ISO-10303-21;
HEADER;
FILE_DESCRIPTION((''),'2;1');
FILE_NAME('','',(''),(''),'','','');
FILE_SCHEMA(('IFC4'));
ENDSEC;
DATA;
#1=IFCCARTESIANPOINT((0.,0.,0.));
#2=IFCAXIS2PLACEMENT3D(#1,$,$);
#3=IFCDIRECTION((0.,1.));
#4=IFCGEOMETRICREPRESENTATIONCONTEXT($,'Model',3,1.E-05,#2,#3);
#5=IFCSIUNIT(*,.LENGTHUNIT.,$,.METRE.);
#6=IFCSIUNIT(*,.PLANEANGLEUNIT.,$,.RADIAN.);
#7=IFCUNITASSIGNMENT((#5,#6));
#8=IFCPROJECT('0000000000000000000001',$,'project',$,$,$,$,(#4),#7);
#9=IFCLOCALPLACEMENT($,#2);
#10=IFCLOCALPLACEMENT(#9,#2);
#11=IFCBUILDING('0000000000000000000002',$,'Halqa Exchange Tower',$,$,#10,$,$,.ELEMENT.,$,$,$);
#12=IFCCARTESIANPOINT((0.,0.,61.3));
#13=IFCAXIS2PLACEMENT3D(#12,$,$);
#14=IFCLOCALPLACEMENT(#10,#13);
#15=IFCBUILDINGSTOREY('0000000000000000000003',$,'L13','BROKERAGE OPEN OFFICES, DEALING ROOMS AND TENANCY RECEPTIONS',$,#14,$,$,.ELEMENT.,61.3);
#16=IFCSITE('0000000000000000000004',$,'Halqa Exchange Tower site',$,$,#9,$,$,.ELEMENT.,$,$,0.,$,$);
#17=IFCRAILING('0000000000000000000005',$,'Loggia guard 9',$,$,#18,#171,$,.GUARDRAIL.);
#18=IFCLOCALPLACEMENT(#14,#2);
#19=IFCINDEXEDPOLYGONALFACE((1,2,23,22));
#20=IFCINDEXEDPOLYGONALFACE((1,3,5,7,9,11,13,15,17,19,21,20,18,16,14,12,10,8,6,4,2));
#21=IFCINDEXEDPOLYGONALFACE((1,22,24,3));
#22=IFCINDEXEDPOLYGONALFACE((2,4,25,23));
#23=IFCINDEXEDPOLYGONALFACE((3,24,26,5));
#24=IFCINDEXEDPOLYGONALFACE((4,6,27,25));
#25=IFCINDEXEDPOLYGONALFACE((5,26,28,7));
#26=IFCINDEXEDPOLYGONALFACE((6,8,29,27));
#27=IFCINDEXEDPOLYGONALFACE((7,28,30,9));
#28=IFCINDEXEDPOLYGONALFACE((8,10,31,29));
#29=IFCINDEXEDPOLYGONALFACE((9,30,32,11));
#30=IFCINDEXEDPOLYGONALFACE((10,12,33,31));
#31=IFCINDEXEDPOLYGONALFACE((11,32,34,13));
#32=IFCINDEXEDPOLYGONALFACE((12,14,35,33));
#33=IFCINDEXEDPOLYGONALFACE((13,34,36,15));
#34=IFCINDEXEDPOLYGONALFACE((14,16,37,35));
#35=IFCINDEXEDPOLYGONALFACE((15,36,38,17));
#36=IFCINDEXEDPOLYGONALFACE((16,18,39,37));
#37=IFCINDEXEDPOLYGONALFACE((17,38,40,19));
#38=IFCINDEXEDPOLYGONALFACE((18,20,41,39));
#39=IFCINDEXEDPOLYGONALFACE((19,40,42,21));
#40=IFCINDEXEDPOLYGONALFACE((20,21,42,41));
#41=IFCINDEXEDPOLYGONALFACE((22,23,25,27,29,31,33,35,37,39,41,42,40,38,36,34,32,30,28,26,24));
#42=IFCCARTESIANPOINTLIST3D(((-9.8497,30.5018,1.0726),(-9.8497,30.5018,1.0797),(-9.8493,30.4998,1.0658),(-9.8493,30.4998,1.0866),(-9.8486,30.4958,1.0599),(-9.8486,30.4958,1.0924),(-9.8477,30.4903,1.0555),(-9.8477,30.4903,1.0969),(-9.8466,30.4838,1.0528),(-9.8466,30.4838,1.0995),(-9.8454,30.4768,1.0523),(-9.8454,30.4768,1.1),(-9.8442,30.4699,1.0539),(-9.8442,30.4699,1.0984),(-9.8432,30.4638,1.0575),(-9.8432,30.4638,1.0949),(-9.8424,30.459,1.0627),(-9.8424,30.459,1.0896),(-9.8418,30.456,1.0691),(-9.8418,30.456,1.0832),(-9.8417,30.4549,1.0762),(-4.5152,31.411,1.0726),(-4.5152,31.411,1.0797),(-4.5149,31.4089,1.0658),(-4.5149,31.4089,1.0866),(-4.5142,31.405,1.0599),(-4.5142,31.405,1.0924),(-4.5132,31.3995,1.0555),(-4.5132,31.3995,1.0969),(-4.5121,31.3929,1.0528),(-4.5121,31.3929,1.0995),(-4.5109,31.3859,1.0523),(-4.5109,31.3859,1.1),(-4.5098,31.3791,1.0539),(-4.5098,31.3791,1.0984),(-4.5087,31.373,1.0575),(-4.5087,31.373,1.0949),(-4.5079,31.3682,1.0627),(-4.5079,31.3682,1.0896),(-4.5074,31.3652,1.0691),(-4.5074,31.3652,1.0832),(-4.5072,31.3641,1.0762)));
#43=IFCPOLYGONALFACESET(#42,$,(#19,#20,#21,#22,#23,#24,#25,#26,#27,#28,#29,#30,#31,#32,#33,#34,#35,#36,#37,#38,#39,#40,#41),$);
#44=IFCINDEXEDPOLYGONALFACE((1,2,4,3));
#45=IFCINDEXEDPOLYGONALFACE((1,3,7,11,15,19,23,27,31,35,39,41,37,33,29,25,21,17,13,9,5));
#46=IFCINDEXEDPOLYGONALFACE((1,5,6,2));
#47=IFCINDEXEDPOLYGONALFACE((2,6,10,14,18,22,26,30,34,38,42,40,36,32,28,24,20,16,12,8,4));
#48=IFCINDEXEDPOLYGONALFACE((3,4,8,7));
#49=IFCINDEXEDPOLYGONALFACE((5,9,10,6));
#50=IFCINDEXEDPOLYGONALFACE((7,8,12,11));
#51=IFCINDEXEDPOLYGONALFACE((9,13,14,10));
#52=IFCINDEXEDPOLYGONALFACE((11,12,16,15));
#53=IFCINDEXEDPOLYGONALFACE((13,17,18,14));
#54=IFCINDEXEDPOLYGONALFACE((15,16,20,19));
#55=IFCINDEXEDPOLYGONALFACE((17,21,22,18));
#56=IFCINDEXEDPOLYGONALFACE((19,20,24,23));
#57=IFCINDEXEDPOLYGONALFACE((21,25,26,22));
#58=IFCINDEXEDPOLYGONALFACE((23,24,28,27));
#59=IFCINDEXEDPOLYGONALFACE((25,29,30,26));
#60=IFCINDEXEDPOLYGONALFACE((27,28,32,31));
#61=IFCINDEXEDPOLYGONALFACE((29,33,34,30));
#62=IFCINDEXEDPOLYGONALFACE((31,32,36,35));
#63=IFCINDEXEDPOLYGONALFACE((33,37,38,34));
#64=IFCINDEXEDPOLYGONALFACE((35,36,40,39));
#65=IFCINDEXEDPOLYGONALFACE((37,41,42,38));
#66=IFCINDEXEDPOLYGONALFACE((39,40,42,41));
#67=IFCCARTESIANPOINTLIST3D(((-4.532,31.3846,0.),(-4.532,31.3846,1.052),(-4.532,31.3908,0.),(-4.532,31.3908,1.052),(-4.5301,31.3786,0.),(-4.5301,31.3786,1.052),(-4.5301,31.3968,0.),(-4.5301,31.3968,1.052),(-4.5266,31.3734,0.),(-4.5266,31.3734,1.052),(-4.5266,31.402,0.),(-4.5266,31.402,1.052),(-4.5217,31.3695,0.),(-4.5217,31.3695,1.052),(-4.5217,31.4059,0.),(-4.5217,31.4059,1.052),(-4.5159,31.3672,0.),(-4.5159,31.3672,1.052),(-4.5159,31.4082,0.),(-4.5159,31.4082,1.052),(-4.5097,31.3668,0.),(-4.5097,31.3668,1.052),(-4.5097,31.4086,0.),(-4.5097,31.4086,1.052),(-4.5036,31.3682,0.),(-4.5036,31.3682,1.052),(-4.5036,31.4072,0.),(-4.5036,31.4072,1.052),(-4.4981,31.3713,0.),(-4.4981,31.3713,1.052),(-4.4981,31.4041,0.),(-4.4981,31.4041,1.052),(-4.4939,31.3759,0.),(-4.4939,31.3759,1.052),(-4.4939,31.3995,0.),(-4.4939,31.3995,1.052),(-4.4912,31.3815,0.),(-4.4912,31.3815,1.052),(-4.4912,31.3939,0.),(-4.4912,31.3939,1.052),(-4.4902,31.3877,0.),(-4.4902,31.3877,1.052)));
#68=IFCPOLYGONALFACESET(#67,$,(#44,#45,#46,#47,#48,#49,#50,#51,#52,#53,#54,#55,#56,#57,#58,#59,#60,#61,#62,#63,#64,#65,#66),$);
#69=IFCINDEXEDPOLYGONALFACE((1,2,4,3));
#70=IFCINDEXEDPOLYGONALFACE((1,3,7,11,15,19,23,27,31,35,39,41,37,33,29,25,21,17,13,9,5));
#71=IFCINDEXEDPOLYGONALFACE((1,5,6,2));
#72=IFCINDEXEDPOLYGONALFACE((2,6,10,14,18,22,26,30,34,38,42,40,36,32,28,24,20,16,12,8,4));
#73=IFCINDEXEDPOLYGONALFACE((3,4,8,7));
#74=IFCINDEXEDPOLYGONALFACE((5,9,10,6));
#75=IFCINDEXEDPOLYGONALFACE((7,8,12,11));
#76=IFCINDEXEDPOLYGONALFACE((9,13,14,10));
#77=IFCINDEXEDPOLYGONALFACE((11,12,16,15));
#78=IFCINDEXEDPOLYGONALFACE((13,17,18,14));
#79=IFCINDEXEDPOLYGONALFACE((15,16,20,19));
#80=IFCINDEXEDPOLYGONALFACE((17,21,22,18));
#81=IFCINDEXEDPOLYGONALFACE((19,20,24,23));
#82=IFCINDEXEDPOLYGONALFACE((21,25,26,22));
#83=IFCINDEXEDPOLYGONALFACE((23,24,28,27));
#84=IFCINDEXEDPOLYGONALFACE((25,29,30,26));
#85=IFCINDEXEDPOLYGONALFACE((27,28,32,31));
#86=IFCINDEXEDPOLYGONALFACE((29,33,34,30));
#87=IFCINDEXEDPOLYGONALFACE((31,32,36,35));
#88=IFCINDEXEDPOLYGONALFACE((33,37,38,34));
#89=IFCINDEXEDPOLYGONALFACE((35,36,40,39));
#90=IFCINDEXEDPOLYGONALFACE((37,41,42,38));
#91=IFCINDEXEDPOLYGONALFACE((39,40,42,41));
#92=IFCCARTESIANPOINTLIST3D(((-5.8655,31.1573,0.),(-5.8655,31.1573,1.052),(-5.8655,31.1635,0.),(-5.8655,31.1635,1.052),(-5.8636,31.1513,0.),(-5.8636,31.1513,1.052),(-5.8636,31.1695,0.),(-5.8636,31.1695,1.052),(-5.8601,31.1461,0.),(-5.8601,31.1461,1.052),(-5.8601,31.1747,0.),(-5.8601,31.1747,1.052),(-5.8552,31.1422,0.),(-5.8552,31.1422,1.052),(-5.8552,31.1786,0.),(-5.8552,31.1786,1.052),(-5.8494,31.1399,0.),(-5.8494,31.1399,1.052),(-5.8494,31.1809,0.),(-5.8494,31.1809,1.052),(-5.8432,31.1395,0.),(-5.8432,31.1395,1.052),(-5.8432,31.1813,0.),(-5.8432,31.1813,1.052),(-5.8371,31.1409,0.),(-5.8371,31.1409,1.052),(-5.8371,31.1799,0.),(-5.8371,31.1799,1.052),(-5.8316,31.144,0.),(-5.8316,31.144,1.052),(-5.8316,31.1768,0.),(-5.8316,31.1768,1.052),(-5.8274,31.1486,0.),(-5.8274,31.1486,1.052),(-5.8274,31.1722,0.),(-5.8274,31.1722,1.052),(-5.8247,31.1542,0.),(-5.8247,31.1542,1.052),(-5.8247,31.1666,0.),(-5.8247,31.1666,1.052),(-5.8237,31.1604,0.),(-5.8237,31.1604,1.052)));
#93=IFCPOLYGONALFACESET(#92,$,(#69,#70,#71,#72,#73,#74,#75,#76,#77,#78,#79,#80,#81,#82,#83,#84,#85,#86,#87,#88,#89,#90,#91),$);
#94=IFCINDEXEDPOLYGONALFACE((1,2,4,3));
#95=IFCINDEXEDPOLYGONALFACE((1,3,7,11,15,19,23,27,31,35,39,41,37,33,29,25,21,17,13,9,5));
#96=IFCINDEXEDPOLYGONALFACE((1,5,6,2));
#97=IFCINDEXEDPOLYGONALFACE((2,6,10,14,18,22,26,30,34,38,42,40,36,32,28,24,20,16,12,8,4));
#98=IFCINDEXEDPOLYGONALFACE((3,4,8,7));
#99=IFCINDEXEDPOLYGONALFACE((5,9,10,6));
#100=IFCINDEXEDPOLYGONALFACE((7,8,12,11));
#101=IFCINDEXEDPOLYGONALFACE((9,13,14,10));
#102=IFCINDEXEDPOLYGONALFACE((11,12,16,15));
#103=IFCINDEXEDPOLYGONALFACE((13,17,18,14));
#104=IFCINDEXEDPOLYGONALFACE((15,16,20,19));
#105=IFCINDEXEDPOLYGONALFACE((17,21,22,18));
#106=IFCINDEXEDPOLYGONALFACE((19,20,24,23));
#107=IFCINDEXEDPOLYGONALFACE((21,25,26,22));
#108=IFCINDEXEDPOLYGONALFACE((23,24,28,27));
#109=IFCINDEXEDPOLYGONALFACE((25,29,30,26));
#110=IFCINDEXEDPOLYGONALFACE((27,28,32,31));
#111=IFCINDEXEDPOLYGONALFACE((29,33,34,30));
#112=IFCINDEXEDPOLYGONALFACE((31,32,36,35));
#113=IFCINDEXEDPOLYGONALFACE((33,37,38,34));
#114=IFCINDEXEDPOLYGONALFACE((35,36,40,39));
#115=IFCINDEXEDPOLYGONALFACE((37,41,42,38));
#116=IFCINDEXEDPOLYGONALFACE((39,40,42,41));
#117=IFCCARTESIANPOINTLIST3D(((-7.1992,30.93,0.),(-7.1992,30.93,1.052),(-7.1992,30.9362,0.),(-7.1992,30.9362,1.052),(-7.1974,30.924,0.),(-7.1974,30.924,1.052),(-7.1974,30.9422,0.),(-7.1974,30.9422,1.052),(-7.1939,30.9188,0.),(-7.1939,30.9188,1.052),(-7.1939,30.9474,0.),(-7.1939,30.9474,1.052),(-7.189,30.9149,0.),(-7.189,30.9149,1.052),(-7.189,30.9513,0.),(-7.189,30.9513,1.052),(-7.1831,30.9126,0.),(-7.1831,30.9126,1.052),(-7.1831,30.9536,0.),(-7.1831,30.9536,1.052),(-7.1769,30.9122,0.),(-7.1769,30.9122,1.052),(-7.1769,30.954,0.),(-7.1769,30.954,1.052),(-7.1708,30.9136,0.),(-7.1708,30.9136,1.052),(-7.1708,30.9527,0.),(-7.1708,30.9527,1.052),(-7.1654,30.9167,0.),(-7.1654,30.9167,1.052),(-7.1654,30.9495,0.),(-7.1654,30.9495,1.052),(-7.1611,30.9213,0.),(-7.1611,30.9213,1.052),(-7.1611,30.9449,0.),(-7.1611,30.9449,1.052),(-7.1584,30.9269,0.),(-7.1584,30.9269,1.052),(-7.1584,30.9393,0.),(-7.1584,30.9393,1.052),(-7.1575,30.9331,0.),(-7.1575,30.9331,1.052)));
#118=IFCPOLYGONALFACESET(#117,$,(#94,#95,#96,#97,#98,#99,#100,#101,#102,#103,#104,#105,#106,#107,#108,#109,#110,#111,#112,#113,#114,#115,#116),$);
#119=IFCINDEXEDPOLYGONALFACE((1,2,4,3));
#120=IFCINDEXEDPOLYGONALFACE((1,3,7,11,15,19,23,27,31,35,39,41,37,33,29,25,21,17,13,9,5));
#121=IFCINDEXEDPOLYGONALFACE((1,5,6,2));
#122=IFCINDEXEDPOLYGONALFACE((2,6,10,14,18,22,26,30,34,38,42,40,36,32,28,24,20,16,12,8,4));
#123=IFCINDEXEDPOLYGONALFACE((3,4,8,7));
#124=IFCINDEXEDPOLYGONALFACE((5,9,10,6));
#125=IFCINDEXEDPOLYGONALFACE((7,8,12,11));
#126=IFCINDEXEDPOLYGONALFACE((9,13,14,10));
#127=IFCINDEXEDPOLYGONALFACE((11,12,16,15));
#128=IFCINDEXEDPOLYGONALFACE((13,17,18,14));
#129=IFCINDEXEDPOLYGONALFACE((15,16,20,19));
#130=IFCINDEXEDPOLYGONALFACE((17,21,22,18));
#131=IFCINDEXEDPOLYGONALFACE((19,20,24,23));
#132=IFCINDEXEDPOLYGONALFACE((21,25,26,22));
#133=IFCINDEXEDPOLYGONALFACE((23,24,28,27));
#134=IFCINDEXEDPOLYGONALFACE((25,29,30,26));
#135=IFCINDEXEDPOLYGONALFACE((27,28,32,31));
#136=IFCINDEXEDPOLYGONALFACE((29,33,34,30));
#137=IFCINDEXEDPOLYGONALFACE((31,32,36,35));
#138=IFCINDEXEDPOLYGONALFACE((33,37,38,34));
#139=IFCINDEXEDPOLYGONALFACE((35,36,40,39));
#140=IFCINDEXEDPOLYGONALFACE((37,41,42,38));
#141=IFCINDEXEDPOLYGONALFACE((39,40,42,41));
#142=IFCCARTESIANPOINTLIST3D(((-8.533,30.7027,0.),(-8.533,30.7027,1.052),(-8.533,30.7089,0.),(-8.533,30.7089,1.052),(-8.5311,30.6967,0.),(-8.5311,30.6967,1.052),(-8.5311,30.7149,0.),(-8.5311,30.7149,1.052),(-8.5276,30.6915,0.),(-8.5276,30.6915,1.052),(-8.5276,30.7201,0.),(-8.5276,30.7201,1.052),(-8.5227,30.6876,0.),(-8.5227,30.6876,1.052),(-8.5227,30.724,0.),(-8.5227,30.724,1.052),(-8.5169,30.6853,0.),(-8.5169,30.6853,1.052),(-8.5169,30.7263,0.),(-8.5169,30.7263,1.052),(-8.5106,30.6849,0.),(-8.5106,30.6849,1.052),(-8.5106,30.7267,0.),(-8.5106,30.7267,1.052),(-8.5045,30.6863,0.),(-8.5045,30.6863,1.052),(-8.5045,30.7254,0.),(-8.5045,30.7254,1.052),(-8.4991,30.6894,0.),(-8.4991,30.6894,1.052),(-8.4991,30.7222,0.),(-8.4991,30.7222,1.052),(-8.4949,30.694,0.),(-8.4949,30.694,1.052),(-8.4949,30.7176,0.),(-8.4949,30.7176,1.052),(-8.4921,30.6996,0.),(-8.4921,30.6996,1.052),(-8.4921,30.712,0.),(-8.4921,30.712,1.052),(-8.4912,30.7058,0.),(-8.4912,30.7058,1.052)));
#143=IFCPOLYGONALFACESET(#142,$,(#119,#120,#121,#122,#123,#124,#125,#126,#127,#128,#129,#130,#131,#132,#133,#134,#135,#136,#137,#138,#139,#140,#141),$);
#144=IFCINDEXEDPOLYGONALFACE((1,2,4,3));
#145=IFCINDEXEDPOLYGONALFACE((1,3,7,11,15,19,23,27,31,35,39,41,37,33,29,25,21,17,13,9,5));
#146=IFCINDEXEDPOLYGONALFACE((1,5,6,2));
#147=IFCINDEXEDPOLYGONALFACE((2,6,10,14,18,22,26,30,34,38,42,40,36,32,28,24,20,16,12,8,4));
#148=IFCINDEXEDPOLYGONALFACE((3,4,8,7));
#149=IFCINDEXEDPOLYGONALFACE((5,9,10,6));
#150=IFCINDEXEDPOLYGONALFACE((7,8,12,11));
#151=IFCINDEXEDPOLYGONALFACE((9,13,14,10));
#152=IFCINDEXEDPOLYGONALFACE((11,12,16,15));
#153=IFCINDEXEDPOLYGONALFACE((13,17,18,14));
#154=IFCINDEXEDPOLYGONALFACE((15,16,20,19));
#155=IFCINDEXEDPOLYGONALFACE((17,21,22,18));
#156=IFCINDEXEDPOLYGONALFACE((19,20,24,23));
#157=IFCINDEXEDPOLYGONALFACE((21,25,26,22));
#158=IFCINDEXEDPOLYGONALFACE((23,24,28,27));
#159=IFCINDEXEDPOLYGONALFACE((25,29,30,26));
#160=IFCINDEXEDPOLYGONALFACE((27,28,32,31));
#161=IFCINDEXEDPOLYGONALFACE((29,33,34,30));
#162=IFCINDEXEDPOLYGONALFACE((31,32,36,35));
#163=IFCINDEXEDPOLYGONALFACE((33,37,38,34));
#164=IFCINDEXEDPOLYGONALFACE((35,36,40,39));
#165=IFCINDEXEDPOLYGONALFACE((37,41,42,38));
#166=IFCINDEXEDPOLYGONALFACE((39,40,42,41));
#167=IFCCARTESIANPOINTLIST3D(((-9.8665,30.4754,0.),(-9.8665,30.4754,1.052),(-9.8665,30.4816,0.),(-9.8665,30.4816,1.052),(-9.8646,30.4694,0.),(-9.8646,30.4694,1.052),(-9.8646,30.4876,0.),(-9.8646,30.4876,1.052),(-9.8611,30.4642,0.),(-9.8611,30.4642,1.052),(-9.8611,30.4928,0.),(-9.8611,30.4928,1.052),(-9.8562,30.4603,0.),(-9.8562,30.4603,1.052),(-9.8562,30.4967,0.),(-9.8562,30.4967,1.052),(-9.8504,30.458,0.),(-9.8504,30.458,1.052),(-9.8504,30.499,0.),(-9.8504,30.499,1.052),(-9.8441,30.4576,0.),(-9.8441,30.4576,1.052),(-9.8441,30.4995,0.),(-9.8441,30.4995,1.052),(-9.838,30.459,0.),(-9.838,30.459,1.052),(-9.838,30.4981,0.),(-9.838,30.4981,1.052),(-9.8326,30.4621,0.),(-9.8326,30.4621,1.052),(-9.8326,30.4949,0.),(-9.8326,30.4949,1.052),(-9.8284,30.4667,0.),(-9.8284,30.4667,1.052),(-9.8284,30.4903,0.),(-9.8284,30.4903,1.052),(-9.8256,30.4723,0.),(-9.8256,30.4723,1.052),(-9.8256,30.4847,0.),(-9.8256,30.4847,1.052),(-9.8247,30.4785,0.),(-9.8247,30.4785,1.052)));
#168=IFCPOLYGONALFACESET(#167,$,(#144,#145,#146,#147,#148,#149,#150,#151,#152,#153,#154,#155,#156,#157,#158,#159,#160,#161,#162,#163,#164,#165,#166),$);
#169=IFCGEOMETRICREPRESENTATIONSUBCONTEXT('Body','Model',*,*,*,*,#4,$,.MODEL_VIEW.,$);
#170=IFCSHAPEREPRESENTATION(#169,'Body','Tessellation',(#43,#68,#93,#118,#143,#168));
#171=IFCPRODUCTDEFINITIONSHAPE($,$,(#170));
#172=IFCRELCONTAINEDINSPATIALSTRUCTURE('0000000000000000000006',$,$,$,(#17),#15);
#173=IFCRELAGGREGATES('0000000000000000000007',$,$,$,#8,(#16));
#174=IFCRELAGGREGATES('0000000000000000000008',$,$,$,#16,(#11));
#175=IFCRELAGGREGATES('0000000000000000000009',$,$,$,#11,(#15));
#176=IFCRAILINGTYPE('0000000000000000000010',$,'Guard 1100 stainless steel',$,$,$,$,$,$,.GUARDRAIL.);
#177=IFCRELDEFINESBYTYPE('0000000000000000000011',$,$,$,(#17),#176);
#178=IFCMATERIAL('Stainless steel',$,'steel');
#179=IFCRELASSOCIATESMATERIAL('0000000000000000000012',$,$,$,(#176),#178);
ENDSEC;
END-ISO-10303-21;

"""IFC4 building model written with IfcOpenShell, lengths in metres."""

from ifc_helpers import new_model, si_unit, direction, frame, origin, origin_2d, place, context, subcontext, project, spatial, circle, extrude, material, type_object, element, save


model = new_model("IFC4")

# Units and contexts
model_context = context("Model", 3, precision=1e-05, world=origin(), true_north=direction((0.0, 1.0)))
body_context = subcontext(model_context, "Body", "Model", "MODEL_VIEW")
ifc_project = project(units=[si_unit("LENGTHUNIT", "METRE"), si_unit("PLANEANGLEUNIT", "RADIAN")], contexts=[model_context])

# Site, building, storey
site_placement = place(None, origin())
site = spatial("IfcSite", under=ifc_project, at=site_placement, Name="Halqa Exchange Tower site", CompositionType="ELEMENT", RefElevation=0.0)
building_placement = place(site_placement, origin())
building = spatial("IfcBuilding", under=site, at=building_placement, Name="Halqa Exchange Tower", CompositionType="ELEMENT")
storey_placement = place(building_placement, frame((0.0, 0.0, 61.3)))
storey = spatial("IfcBuildingStorey", under=building, at=storey_placement, Name="L13", Description="BROKERAGE OPEN OFFICES, DEALING ROOMS AND TENANCY RECEPTIONS", CompositionType="ELEMENT", Elevation=61.3)

# Railing
ifc_material_1 = material(Name="Stainless steel", Category="steel")
railing_type_1 = type_object("IfcRailingType", Name="Guard 1100 stainless steel", PredefinedType="GUARDRAIL", material=ifc_material_1)
railing_1_placement = place(storey_placement, frame((-4.5112, 31.3877, 0.0)))
element("IfcRailing", 1, at=railing_1_placement, inside=storey, type_object=railing_type_1, Name="Loggia guard 9", PredefinedType="GUARDRAIL", context=body_context, shape_type="SweptSolid", body=[
    extrude(circle(Radius=0.0239, at=origin_2d()), frame((0.0, 0.0, 1.0762), z_axis=(-0.985785, -0.168012, 0.0), x_axis=(0.168012, -0.985785, 0.0)), (0.0, 0.0, 1.0), 5.4114),
    extrude(circle(Radius=0.021, at=origin_2d()), origin(), (0.0, 0.0, 1.0), 1.052),
    extrude(circle(Radius=0.021, at=origin_2d()), frame((-1.3335, -0.2273, 0.0)), (0.0, 0.0, 1.0), 1.052),
    extrude(circle(Radius=0.021, at=origin_2d()), frame((-2.6672, -0.4546, 0.0)), (0.0, 0.0, 1.0), 1.052),
    extrude(circle(Radius=0.021, at=origin_2d()), frame((-4.001, -0.6819, 0.0)), (0.0, 0.0, 1.0), 1.052),
    extrude(circle(Radius=0.021, at=origin_2d()), frame((-5.3345, -0.9092, 0.0)), (0.0, 0.0, 1.0), 1.052),
])

save(model, "model.ifc")
